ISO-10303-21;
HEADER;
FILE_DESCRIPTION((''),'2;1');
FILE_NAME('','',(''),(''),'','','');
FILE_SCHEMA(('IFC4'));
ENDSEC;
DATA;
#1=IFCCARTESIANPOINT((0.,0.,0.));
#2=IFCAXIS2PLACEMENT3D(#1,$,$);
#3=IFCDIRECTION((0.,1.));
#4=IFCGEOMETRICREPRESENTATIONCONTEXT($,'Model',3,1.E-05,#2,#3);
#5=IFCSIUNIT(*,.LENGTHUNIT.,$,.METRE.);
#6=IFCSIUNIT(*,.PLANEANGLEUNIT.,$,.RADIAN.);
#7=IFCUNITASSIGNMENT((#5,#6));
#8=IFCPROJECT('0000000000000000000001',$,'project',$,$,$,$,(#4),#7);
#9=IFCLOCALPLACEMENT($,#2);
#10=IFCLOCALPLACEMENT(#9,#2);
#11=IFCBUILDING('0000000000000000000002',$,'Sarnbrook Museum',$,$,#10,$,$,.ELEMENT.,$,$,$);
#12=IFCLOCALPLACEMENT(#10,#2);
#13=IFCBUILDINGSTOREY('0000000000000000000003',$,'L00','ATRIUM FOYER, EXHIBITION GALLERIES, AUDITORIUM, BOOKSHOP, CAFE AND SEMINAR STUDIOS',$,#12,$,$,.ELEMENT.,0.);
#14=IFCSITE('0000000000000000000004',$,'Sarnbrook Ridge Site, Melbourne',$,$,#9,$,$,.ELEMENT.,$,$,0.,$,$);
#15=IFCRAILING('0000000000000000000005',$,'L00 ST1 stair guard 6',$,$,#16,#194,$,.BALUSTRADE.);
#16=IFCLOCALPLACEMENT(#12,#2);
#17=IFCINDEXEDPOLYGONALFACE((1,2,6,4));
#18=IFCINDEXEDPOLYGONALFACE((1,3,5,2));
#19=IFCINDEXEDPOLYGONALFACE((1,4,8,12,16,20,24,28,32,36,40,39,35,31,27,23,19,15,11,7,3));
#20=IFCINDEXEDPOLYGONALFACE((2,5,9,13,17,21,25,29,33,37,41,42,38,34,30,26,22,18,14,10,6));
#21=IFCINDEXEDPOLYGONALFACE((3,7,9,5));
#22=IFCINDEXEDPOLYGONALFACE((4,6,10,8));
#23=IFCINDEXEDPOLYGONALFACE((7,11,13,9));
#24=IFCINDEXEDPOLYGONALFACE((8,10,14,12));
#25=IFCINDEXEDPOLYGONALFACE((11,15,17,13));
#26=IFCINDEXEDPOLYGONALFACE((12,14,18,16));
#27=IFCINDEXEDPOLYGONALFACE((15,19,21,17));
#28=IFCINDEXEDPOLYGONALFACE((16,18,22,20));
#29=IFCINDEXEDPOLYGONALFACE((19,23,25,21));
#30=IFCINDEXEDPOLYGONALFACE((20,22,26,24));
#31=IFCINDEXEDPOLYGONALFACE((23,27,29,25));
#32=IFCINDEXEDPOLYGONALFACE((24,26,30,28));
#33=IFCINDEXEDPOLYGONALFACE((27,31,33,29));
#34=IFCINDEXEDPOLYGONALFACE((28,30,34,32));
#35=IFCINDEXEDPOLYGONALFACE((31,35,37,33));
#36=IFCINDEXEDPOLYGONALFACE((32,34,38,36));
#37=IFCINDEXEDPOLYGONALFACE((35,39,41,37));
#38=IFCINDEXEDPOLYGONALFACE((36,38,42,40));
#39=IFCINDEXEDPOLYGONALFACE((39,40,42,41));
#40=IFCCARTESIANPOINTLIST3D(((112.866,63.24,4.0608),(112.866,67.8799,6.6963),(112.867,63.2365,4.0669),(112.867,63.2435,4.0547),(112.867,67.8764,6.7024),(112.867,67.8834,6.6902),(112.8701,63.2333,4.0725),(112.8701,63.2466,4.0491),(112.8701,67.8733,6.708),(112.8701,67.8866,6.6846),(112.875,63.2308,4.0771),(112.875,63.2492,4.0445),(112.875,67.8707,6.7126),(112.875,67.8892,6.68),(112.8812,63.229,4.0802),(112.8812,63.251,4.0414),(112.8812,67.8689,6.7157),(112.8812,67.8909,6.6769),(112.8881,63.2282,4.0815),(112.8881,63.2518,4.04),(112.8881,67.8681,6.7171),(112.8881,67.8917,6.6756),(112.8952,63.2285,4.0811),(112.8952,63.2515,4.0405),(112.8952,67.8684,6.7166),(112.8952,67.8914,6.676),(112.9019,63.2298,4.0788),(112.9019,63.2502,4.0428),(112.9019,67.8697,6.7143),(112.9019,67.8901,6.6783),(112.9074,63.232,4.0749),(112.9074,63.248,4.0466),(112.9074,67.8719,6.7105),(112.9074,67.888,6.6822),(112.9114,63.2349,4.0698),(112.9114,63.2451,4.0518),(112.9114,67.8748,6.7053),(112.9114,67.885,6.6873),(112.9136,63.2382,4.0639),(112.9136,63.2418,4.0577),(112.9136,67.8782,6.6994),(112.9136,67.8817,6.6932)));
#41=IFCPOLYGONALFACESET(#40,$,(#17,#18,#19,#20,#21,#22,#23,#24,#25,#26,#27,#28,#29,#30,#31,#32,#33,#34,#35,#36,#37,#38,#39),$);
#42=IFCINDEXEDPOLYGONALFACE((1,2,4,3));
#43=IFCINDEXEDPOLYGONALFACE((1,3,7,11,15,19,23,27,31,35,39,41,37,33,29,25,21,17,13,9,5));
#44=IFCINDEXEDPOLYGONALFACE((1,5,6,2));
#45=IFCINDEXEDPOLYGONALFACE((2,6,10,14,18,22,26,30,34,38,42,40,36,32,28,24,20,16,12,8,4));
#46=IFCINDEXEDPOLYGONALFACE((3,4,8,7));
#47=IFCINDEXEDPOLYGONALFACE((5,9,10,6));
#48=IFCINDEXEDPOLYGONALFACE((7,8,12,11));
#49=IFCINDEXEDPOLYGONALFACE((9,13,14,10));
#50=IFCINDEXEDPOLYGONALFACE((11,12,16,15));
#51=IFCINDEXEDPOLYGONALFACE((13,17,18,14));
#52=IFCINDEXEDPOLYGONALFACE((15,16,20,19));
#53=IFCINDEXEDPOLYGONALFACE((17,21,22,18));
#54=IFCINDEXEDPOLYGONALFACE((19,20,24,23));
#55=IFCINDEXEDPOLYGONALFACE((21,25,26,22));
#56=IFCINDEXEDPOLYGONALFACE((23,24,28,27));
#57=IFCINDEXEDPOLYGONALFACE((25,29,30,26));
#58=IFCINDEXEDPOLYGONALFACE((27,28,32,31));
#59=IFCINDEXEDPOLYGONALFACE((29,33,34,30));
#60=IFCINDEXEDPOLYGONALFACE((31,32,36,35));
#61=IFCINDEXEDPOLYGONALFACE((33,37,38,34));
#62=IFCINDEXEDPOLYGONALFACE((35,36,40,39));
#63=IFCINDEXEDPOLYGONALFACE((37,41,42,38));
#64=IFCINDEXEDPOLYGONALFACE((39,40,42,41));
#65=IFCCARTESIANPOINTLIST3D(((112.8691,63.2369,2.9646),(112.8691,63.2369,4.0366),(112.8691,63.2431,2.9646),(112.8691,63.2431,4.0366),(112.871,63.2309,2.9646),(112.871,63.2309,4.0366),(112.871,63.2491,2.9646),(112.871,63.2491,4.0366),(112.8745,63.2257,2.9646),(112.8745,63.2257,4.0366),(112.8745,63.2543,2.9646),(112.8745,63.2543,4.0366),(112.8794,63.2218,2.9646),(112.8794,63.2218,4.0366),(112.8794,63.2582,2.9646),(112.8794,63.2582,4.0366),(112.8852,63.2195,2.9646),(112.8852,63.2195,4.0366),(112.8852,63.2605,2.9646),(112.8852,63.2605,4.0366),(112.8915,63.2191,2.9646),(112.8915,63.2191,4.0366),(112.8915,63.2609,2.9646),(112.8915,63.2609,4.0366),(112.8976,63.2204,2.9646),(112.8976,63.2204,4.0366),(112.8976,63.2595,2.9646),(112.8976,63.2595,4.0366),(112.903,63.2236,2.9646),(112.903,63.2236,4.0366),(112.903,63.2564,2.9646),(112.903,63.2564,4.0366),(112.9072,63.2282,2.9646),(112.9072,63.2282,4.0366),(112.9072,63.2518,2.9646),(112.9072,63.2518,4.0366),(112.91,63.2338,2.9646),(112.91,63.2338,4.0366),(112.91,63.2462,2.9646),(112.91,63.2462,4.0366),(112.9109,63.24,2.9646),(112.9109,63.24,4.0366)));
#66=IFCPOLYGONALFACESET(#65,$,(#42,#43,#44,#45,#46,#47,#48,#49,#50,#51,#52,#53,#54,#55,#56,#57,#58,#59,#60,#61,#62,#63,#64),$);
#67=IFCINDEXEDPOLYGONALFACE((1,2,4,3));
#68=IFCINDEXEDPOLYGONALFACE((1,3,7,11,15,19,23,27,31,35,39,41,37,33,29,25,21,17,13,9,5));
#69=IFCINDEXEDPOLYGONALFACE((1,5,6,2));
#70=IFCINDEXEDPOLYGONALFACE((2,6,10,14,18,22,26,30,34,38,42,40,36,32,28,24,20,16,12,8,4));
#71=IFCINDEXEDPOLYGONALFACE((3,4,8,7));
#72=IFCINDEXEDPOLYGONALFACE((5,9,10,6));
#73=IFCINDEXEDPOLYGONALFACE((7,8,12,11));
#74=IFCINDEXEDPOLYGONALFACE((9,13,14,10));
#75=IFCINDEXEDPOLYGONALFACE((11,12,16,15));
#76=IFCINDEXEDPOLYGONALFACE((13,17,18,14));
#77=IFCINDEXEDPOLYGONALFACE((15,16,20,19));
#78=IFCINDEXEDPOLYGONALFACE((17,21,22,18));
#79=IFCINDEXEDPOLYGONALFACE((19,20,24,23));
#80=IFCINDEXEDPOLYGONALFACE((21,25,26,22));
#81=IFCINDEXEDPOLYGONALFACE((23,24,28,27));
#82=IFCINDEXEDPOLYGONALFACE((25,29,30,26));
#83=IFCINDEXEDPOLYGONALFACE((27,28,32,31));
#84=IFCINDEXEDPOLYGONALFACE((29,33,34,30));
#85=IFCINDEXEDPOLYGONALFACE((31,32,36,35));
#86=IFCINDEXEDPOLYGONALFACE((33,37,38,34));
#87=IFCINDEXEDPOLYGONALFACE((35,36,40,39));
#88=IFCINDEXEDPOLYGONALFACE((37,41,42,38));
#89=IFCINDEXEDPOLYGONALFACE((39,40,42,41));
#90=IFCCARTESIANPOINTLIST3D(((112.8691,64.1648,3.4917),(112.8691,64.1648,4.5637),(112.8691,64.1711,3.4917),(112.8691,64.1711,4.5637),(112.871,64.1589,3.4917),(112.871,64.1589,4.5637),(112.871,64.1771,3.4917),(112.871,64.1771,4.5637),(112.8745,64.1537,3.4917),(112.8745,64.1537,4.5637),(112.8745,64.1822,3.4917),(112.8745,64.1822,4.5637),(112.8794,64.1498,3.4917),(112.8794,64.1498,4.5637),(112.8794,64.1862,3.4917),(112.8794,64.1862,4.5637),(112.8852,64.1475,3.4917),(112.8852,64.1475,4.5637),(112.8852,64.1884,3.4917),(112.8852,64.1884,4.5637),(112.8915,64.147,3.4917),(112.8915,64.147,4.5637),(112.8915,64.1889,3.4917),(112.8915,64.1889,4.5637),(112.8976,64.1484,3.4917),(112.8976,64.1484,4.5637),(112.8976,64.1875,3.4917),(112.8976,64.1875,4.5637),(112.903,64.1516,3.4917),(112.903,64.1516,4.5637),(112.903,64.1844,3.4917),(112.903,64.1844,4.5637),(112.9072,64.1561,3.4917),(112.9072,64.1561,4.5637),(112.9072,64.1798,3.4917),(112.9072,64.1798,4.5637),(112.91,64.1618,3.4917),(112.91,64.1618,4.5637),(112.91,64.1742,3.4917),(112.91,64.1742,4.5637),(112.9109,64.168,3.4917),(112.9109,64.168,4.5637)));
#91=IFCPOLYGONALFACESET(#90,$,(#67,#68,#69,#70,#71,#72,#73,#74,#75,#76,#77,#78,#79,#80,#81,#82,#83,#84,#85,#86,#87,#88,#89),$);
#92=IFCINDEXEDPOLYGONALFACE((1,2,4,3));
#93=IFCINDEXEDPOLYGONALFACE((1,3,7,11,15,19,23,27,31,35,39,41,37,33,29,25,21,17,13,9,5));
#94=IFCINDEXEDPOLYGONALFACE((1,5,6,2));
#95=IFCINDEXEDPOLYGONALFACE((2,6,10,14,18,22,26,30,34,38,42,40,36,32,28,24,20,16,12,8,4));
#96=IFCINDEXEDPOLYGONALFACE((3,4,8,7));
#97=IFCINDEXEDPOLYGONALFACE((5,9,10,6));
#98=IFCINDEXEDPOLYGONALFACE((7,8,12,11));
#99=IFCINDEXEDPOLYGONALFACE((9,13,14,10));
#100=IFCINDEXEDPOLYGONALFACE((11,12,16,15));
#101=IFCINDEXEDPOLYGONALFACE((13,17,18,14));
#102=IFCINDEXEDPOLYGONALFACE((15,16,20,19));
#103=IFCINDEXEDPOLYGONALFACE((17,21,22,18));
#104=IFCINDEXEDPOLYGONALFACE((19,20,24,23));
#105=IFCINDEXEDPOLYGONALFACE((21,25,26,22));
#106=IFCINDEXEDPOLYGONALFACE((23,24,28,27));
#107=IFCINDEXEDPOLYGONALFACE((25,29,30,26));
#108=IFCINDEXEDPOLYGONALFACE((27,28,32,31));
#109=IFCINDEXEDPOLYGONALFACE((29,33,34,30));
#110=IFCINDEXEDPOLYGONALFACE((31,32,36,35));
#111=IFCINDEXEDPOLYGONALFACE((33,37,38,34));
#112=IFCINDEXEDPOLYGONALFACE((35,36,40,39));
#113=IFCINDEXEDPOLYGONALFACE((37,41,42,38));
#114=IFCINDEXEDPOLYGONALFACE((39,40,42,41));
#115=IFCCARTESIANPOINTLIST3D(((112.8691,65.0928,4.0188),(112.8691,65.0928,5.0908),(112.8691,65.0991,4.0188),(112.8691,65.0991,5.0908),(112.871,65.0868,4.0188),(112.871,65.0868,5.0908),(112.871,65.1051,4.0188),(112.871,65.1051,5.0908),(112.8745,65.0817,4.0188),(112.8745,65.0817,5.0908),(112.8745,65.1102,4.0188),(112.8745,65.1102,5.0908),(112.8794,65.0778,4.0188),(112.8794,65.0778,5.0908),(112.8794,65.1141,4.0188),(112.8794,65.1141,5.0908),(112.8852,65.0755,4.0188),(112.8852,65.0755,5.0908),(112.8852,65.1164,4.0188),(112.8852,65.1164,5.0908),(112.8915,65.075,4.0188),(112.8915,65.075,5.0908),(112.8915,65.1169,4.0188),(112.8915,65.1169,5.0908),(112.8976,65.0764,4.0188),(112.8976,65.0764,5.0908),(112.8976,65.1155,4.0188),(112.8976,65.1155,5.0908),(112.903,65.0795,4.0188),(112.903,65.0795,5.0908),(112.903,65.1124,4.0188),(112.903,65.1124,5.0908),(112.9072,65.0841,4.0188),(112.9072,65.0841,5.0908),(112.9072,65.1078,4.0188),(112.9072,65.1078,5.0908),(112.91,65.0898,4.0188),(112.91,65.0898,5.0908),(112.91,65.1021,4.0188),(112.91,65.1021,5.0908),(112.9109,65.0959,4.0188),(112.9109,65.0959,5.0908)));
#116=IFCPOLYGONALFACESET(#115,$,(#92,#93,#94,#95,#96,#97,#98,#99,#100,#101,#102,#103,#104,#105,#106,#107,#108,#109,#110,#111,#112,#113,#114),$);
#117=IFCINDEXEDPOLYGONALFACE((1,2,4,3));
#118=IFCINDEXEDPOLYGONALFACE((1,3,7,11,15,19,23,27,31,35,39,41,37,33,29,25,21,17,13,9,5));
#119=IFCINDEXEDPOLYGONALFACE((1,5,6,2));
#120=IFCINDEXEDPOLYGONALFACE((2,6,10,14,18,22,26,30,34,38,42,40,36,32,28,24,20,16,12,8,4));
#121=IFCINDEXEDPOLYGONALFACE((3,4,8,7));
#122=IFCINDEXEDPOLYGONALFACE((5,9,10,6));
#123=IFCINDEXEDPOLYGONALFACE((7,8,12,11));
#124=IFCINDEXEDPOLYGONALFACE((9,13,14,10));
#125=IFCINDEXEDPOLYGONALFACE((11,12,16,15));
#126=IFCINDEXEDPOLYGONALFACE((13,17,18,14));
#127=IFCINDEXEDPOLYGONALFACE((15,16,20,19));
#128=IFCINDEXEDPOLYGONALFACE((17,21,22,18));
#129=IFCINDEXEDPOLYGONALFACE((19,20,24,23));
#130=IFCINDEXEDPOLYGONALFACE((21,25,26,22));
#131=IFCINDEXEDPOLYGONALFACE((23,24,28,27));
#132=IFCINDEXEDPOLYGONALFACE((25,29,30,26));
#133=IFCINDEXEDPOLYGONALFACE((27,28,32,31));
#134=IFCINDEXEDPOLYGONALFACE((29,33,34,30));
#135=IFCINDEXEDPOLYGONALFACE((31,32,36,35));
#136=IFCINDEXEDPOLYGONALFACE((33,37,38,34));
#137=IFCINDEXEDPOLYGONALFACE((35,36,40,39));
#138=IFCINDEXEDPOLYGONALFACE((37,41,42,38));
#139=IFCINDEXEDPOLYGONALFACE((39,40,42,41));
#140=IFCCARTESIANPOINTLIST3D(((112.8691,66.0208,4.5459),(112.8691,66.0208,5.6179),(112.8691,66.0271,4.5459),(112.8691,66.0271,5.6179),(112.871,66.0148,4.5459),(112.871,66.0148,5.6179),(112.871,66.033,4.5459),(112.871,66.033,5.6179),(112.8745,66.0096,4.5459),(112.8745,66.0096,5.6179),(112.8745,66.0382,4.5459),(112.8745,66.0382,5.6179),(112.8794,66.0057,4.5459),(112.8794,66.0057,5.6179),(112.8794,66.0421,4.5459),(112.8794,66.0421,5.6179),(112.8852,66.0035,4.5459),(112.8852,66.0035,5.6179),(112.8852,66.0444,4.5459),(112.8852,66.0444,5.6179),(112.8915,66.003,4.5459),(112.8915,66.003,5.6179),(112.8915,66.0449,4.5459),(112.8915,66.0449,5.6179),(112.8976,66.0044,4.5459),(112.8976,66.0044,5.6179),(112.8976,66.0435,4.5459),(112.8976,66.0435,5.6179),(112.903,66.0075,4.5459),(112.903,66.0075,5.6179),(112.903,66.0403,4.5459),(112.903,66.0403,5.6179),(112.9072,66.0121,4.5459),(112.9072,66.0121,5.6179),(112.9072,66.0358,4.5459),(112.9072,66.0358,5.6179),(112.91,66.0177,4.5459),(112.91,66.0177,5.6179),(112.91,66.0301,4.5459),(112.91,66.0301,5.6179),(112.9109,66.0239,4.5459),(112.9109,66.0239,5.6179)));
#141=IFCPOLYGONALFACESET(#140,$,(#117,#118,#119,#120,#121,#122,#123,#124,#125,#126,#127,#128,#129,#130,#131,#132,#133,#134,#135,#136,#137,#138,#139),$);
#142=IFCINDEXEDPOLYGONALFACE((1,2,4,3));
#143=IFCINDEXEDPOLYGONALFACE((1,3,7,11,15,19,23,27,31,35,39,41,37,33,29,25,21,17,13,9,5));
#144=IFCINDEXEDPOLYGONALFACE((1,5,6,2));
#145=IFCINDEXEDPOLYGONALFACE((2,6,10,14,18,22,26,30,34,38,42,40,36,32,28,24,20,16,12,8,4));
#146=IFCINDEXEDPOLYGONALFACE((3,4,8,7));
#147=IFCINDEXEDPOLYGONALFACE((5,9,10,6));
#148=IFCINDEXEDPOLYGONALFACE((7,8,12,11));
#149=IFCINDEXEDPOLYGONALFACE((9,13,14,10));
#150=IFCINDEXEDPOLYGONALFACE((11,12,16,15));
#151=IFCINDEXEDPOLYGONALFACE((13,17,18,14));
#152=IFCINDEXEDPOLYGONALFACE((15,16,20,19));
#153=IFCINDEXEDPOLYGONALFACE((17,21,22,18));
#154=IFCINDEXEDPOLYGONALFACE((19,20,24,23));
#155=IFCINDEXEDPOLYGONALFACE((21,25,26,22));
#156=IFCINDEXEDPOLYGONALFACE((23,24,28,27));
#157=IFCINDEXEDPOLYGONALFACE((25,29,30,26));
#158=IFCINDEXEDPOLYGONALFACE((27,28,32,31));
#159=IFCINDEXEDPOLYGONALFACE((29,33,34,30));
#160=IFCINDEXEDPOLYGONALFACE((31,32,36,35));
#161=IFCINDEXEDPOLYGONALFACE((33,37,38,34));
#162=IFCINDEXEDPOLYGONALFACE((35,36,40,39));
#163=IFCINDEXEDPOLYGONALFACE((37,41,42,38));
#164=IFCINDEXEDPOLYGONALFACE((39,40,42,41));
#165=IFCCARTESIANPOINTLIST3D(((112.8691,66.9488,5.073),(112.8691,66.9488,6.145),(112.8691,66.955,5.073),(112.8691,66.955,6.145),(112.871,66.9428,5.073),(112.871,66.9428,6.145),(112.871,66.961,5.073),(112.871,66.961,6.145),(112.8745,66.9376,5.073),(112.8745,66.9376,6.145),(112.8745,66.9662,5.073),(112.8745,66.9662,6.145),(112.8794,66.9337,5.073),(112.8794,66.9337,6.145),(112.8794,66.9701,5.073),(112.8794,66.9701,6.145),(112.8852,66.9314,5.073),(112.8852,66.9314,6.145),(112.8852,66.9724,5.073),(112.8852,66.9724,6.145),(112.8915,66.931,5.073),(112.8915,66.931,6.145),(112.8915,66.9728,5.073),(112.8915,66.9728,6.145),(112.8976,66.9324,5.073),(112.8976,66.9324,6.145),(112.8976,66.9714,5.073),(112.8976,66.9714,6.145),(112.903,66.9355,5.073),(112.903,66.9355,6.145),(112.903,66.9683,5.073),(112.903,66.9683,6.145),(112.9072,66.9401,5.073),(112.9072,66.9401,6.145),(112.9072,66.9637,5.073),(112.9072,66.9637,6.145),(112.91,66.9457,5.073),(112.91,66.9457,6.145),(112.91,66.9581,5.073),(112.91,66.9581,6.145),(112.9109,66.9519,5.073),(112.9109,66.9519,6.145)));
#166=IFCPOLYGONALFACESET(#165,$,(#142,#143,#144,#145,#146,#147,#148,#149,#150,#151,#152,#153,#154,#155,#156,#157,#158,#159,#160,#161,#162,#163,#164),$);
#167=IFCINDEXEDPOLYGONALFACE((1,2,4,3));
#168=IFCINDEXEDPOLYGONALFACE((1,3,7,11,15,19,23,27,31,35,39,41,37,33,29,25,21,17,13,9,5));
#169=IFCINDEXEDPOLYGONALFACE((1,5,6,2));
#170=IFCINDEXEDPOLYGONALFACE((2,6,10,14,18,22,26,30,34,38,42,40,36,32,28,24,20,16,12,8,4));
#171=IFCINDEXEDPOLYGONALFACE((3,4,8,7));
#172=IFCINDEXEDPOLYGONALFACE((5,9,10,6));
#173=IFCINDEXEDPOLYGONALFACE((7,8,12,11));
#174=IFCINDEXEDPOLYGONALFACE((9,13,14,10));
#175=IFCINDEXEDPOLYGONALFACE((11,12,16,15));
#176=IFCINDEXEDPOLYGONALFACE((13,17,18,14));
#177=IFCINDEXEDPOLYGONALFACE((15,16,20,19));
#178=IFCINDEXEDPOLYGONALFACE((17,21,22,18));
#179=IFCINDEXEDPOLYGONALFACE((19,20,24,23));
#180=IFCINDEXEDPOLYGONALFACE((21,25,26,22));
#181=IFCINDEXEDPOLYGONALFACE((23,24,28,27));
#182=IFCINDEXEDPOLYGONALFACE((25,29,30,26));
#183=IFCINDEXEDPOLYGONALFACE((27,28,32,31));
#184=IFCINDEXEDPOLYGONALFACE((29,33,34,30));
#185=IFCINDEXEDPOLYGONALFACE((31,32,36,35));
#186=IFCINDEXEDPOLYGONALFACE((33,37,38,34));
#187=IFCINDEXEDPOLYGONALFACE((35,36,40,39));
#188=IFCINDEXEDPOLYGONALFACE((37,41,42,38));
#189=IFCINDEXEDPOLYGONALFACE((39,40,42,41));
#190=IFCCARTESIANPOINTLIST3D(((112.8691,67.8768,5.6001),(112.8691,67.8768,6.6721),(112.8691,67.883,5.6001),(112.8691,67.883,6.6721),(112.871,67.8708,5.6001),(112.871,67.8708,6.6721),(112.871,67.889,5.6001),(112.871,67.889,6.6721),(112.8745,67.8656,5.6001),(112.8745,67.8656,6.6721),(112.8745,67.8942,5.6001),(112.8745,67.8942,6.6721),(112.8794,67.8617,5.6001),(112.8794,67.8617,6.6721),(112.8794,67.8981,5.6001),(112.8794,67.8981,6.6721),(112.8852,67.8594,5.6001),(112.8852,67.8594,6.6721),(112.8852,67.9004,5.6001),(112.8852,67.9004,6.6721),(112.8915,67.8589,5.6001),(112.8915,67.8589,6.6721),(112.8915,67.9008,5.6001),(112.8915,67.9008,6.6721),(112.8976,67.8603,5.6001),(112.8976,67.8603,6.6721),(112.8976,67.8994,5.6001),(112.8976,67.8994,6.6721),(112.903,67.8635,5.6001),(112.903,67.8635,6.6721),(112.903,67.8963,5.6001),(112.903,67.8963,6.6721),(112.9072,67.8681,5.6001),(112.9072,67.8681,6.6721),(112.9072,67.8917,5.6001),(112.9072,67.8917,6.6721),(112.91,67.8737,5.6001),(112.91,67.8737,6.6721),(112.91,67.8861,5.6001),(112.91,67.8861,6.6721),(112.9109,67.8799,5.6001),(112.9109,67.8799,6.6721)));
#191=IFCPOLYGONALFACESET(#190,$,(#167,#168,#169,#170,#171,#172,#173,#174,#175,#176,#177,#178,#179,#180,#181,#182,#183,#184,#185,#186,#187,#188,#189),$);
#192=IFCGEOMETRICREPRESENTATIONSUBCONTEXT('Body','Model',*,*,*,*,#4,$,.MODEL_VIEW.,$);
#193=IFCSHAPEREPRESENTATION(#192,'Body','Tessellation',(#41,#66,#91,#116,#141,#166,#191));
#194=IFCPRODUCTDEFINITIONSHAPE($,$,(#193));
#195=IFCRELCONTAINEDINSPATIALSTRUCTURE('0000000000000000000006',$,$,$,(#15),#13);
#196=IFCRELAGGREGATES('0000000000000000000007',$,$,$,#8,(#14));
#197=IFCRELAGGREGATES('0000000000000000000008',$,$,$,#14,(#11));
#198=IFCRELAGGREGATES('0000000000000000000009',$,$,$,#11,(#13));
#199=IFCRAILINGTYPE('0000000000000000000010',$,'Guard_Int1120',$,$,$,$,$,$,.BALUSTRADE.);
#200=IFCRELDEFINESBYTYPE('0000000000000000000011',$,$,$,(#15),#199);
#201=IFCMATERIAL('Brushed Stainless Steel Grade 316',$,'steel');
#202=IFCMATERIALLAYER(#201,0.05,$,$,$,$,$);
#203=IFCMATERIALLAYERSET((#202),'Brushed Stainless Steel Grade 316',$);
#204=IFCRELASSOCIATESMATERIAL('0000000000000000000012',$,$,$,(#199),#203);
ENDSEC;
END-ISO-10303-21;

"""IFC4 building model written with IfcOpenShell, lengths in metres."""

from ifc_helpers import new_model, si_unit, direction, frame, origin, origin_2d, place, context, subcontext, project, spatial, circle, extrude, material, layer, layer_set, type_object, element, save


model = new_model("IFC4")

# Units and contexts
model_context = context("Model", 3, precision=1e-05, world=origin(), true_north=direction((0.0, 1.0)))
body_context = subcontext(model_context, "Body", "Model", "MODEL_VIEW")
ifc_project = project(units=[si_unit("LENGTHUNIT", "METRE"), si_unit("PLANEANGLEUNIT", "RADIAN")], contexts=[model_context])

# Site, building, storey
site_placement = place(None, origin())
site = spatial("IfcSite", under=ifc_project, at=site_placement, Name="Sarnbrook Ridge Site, Melbourne", CompositionType="ELEMENT", RefElevation=0.0)
building_placement = place(site_placement, origin())
building = spatial("IfcBuilding", under=site, at=building_placement, Name="Sarnbrook Museum", CompositionType="ELEMENT")
storey_placement = place(building_placement, origin())
storey = spatial("IfcBuildingStorey", under=building, at=storey_placement, Name="L00", Description="ATRIUM FOYER, EXHIBITION GALLERIES, AUDITORIUM, BOOKSHOP, CAFE AND SEMINAR STUDIOS", CompositionType="ELEMENT", Elevation=0.0)

# Shared definitions
ifc_material_1 = material(Name="Brushed Stainless Steel Grade 316", Category="steel")

# Railing
ifc_layer_1 = layer(ifc_material_1, 0.05)
ifc_layer_set_1 = layer_set([ifc_layer_1], Name="Brushed Stainless Steel Grade 316")
railing_type_1 = type_object("IfcRailingType", Name="Guard_Int1120", PredefinedType="BALUSTRADE", material=ifc_layer_set_1)
railing_1_placement = place(storey_placement, frame((112.8899, 63.24, 2.9646)))
element("IfcRailing", 1, at=railing_1_placement, inside=storey, type_object=railing_type_1, Name="L00 ST1 stair guard 6", PredefinedType="BALUSTRADE", context=body_context, shape_type="SweptSolid", body=[
    extrude(circle(Radius=0.0239, at=origin_2d()), frame((0.0, 0.0, 1.0962), z_axis=(0.0, 0.869521, 0.493895), x_axis=(-1.0, 0.0, 0.0)), (0.0, 0.0, 1.0), 5.3362),
    extrude(circle(Radius=0.021, at=origin_2d()), origin(), (0.0, 0.0, 1.0), 1.072),
    extrude(circle(Radius=0.021, at=origin_2d()), frame((0.0, 0.928, 0.5271)), (0.0, 0.0, 1.0), 1.072),
    extrude(circle(Radius=0.021, at=origin_2d()), frame((0.0, 1.856, 1.0542)), (0.0, 0.0, 1.0), 1.072),
    extrude(circle(Radius=0.021, at=origin_2d()), frame((0.0, 2.7839, 1.5813)), (0.0, 0.0, 1.0), 1.072),
    extrude(circle(Radius=0.021, at=origin_2d()), frame((0.0, 3.7119, 2.1084)), (0.0, 0.0, 1.0), 1.072),
    extrude(circle(Radius=0.021, at=origin_2d()), frame((0.0, 4.6399, 2.6355)), (0.0, 0.0, 1.0), 1.072),
])

save(model, "model.ifc")
